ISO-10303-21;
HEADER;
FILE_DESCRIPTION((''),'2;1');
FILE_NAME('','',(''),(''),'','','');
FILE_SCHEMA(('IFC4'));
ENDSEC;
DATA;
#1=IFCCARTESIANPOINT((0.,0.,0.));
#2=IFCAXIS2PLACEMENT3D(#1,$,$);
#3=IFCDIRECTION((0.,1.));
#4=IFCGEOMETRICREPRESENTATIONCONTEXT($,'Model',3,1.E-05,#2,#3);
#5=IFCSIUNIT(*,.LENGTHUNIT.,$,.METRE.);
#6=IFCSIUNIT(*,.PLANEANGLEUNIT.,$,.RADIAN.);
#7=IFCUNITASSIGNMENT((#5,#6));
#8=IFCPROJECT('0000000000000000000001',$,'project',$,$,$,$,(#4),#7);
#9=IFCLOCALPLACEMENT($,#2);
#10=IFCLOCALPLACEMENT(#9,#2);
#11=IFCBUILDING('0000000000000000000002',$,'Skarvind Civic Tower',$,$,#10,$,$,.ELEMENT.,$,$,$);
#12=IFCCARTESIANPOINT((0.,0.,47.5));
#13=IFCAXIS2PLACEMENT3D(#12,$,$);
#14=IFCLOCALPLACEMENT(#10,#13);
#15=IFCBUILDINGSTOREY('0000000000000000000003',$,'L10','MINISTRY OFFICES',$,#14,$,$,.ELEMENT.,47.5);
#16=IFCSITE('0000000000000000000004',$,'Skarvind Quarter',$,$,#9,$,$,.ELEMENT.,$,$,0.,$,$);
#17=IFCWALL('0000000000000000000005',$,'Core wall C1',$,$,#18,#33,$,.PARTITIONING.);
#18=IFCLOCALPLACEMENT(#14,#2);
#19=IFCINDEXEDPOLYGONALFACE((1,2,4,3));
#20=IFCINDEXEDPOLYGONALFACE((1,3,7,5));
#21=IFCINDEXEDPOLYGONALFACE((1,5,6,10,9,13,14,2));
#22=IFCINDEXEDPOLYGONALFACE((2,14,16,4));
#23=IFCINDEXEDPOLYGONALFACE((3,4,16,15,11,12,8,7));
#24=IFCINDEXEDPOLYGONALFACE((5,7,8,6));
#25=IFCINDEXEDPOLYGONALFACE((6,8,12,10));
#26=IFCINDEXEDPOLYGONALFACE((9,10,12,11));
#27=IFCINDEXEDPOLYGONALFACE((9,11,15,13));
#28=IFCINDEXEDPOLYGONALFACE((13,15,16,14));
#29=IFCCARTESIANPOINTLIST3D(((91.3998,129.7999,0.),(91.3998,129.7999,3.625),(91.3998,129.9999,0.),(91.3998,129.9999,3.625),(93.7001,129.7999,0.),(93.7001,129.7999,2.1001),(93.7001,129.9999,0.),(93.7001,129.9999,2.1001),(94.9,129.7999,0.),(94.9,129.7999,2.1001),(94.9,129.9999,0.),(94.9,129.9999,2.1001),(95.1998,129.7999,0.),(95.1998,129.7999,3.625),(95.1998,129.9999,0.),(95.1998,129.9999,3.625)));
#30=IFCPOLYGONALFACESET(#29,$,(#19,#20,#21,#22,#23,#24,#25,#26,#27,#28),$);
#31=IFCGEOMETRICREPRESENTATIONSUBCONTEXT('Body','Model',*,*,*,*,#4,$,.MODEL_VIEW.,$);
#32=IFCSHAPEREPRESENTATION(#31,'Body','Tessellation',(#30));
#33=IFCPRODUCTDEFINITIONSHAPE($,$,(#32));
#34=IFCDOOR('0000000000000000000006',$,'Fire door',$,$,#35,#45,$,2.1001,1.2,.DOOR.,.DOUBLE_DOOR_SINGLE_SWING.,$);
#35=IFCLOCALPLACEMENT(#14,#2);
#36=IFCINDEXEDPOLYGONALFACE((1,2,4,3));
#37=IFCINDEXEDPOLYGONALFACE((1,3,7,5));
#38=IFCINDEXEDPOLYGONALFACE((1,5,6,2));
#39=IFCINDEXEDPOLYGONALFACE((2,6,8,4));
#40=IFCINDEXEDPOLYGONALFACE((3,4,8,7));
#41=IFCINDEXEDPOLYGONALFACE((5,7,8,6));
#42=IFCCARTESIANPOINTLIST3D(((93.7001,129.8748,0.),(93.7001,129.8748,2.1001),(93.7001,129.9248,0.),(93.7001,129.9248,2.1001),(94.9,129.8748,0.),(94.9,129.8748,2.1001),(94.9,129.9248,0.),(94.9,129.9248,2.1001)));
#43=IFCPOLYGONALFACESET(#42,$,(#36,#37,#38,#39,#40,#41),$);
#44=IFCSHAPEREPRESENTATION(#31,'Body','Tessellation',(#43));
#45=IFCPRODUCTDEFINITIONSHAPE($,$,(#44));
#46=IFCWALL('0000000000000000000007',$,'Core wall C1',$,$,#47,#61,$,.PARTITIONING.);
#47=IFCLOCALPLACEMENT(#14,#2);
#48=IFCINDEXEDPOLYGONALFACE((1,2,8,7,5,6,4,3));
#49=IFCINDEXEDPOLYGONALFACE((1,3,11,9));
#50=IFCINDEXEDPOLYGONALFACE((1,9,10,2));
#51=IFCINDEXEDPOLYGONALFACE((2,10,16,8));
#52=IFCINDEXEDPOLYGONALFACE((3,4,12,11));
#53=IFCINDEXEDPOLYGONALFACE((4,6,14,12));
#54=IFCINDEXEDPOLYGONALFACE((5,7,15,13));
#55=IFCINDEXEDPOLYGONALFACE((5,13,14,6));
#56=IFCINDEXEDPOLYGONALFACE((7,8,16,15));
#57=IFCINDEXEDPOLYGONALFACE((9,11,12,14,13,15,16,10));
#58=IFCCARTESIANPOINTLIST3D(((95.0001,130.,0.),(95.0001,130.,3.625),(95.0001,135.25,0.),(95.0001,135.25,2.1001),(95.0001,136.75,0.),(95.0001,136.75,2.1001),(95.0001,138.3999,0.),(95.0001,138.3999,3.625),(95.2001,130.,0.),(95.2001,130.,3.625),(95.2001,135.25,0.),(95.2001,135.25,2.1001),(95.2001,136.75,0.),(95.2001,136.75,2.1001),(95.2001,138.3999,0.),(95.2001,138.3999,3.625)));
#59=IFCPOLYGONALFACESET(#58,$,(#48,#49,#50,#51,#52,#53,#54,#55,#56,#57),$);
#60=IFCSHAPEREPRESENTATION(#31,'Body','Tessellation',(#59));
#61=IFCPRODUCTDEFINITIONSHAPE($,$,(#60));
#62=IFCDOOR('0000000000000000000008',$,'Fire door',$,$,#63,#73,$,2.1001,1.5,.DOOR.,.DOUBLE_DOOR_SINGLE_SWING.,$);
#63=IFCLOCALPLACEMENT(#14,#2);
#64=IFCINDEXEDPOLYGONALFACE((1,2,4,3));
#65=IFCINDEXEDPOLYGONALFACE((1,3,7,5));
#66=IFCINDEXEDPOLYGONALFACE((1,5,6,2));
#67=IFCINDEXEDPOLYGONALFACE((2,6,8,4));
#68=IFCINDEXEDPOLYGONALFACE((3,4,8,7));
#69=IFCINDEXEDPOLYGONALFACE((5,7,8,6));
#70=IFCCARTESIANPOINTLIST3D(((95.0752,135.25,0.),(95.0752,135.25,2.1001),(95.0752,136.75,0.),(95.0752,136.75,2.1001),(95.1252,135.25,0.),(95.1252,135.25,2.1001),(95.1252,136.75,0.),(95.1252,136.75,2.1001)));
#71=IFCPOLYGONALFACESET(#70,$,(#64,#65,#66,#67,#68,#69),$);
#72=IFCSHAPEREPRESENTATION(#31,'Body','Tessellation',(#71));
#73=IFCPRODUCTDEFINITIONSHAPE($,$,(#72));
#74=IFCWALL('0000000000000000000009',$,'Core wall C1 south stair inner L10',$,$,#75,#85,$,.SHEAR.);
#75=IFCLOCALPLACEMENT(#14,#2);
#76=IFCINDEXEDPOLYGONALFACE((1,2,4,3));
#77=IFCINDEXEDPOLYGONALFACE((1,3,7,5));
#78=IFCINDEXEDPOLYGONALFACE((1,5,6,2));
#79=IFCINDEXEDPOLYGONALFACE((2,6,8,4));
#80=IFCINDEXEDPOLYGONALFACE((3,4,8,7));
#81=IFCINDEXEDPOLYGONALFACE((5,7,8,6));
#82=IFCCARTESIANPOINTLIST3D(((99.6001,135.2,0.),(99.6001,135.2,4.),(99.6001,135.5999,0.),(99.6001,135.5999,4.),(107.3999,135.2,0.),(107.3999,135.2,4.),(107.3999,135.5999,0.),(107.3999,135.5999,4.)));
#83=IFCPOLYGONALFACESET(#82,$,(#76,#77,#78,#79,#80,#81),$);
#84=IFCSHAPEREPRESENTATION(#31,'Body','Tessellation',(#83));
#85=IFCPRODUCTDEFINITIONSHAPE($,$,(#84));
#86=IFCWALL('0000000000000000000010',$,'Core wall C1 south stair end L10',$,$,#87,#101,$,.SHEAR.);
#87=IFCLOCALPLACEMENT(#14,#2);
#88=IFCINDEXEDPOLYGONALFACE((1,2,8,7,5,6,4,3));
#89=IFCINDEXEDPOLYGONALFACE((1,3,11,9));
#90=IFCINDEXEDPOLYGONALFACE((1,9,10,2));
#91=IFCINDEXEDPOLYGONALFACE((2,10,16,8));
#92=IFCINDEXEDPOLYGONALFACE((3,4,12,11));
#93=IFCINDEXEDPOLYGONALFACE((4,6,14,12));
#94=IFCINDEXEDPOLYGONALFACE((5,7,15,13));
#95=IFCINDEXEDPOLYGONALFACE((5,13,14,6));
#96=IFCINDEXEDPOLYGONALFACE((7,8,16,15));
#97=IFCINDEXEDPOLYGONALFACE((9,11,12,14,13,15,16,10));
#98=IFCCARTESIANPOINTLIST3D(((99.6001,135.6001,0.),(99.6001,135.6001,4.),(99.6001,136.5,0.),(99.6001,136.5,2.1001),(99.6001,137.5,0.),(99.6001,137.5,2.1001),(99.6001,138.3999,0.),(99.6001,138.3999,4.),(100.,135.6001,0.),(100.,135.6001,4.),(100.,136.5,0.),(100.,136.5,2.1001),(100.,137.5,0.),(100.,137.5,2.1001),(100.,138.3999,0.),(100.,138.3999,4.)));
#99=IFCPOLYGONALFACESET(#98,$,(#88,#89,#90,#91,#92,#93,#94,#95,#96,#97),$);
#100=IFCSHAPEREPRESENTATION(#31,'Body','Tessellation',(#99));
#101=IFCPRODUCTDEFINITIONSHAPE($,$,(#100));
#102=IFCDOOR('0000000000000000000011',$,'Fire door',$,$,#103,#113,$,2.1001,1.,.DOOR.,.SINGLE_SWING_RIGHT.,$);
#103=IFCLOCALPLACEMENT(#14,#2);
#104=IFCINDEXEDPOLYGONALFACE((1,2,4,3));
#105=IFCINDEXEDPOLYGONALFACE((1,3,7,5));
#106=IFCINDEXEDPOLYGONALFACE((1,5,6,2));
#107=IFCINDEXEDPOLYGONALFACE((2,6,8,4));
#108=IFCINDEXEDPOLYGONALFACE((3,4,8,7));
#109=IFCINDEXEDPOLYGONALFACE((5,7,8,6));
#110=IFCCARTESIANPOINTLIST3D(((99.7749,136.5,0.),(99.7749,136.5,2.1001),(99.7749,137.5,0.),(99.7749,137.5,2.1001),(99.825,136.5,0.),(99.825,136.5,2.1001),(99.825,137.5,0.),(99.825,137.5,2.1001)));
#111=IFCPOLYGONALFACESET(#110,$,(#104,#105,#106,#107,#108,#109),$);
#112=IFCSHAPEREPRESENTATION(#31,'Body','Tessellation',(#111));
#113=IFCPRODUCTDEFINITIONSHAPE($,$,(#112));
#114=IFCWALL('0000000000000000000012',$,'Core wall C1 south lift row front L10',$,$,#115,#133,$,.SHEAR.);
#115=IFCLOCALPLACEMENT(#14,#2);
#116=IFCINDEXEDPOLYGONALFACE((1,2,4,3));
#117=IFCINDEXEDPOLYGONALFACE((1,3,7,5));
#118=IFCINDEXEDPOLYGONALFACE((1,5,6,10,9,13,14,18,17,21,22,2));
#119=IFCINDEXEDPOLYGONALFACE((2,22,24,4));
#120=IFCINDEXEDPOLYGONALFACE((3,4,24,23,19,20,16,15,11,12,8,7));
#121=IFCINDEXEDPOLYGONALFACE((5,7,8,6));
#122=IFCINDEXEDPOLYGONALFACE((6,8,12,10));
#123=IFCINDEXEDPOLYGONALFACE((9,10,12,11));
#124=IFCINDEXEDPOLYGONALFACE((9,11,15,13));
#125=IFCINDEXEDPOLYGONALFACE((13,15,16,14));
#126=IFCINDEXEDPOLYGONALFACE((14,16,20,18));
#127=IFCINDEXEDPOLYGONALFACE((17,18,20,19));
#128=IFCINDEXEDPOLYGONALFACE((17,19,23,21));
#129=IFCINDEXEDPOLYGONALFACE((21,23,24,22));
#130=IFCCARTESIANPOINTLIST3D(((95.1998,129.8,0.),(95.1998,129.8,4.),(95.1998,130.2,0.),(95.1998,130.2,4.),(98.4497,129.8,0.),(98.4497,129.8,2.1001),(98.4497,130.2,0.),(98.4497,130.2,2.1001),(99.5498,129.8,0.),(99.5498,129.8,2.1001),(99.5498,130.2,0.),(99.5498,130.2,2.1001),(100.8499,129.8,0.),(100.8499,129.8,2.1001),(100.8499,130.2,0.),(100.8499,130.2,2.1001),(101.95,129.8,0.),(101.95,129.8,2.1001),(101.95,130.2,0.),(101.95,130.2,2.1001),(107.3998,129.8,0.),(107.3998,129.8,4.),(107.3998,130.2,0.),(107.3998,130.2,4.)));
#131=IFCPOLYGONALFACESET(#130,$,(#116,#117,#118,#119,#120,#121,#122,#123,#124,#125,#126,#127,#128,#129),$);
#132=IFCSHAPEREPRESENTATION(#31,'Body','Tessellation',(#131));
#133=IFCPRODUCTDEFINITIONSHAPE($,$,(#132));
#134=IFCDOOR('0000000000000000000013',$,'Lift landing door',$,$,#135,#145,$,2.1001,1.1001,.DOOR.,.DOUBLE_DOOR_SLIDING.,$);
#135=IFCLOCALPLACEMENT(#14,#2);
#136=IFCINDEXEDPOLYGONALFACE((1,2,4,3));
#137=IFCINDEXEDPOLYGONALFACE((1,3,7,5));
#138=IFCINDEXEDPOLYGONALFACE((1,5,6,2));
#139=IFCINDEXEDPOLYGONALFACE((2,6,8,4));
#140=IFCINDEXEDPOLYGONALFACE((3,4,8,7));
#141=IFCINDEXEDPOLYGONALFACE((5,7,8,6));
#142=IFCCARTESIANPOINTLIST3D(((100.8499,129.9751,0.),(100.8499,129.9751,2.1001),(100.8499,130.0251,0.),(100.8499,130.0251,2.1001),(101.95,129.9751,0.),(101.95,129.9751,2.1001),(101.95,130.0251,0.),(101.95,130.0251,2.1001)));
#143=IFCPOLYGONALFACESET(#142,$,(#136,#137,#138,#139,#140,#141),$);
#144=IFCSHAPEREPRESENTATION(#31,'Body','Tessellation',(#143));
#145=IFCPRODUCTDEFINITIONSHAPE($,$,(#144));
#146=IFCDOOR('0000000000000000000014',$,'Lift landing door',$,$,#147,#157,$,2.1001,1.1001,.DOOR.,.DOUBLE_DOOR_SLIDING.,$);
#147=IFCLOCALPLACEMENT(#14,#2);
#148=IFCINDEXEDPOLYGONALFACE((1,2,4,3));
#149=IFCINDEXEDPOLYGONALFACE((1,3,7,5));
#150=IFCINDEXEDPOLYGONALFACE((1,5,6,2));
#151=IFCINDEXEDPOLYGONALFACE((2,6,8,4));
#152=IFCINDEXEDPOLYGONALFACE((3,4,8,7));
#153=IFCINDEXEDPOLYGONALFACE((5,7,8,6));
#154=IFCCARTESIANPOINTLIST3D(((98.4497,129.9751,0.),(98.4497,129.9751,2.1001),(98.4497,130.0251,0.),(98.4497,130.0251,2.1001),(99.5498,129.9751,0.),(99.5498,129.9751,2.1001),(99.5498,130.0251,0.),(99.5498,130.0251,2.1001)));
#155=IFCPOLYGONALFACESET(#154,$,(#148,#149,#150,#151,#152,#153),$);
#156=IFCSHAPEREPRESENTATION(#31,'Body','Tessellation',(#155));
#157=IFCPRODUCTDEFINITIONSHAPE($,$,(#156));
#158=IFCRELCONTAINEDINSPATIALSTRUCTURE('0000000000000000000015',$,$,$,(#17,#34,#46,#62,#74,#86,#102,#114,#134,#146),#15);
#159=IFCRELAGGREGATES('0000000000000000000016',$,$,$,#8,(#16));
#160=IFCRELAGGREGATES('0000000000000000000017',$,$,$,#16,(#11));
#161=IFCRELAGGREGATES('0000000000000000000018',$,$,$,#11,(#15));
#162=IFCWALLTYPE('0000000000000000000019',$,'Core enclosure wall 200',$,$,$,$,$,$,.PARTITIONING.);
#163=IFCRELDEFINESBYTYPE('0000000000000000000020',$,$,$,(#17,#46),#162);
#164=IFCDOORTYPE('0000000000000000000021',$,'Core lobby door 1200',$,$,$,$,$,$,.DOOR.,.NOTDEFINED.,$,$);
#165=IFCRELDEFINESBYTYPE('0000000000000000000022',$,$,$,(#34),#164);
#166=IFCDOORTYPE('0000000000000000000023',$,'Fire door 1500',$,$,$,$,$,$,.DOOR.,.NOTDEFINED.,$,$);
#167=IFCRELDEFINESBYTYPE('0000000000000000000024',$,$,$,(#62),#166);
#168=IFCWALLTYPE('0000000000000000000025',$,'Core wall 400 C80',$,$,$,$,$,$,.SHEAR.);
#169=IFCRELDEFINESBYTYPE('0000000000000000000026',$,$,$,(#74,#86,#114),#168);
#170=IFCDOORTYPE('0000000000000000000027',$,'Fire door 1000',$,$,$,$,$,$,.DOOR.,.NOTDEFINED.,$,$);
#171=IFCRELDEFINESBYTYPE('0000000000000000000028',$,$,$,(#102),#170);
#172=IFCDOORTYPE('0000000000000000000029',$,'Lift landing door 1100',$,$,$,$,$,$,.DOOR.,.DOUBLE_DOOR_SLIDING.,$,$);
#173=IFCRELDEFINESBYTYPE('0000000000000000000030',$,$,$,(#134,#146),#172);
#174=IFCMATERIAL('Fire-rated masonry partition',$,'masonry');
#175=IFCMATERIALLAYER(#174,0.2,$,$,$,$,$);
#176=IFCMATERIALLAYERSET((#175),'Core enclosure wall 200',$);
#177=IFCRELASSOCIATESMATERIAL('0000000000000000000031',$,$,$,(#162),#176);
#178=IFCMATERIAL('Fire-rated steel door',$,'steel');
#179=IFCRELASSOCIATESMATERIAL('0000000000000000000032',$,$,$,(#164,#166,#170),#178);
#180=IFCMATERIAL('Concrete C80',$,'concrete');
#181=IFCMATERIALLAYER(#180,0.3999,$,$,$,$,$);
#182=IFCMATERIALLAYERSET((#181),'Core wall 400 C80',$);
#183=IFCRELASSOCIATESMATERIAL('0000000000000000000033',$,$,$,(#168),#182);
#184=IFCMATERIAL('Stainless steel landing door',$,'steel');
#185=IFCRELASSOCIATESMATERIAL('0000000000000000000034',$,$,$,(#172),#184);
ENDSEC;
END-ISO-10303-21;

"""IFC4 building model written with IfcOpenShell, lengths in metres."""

from ifc_helpers import new_model, si_unit, direction, frame, frame_2d, origin, place, context, subcontext, project, spatial, rectangle, extrude, material, layer, layer_set, type_object, element, fill, save


model = new_model("IFC4")

# Units and contexts
model_context = context("Model", 3, precision=1e-05, world=origin(), true_north=direction((0.0, 1.0)))
body_context = subcontext(model_context, "Body", "Model", "MODEL_VIEW")
ifc_project = project(units=[si_unit("LENGTHUNIT", "METRE"), si_unit("PLANEANGLEUNIT", "RADIAN")], contexts=[model_context])

# Site, building, storey
site_placement = place(None, origin())
site = spatial("IfcSite", under=ifc_project, at=site_placement, Name="Skarvind Quarter", CompositionType="ELEMENT", RefElevation=0.0)
building_placement = place(site_placement, origin())
building = spatial("IfcBuilding", under=site, at=building_placement, Name="Skarvind Civic Tower", CompositionType="ELEMENT")
storey_placement = place(building_placement, frame((0.0, 0.0, 47.5)))
storey = spatial("IfcBuildingStorey", under=building, at=storey_placement, Name="L10", Description="MINISTRY OFFICES", CompositionType="ELEMENT", Elevation=47.5)

# Walls, openings, doors
ifc_material_1 = material(Name="Fire-rated masonry partition", Category="masonry")
ifc_layer_1 = layer(ifc_material_1, 0.2)
ifc_layer_set_1 = layer_set([ifc_layer_1], Name="Core enclosure wall 200")
wall_type_1 = type_object("IfcWallType", Name="Core enclosure wall 200", PredefinedType="PARTITIONING", material=ifc_layer_set_1)
wall_1_placement = place(storey_placement, frame((91.3999, 129.8999, 0.0), z_axis=(0.0, 0.0, 1.0), x_axis=(1.0, 0.0, 0.0)))
wall_1 = element("IfcWall", 1, at=wall_1_placement, inside=storey, type_object=wall_type_1, Name="Core wall C1", PredefinedType="PARTITIONING", context=body_context, shape_type="SweptSolid", body=[
    extrude(rectangle(XDim=3.8, YDim=0.2, at=frame_2d((1.8999, 0.0))), origin(), (0.0, 0.0, 1.0), 3.625),
])
opening_1_placement = place(wall_1_placement, frame((2.3, 0.0, 0.0)))
opening_1 = element("IfcOpeningElement", 2, at=opening_1_placement, cuts=wall_1, PredefinedType="OPENING", context=body_context, shape_type="SweptSolid", body=[
    extrude(rectangle(XDim=1.2, YDim=2.1001, at=frame_2d((0.6001, 1.05))), frame((0.0, 0.1099, 0.0), z_axis=(0.0, -1.0, 0.0), x_axis=(1.0, 0.0, 0.0)), (0.0, 0.0, 1.0), 0.22),
])
ifc_material_2 = material(Name="Fire-rated steel door", Category="steel")
door_type_1 = type_object("IfcDoorType", Name="Core lobby door 1200", OperationType="NOTDEFINED", PredefinedType="DOOR", material=ifc_material_2)
door_1_placement = place(opening_1_placement, origin())
door_1 = element("IfcDoor", 3, at=door_1_placement, inside=storey, type_object=door_type_1, Name="Fire door", OperationType="DOUBLE_DOOR_SINGLE_SWING", OverallHeight=2.1001, OverallWidth=1.2, PredefinedType="DOOR", context=body_context, shape_type="SweptSolid", body=[
    extrude(rectangle(XDim=1.2, YDim=2.1001, at=frame_2d((0.6001, 1.05))), frame((0.0, 0.0249, 0.0), z_axis=(0.0, -1.0, 0.0), x_axis=(1.0, 0.0, 0.0)), (0.0, 0.0, 1.0), 0.05),
])
fill(opening_1, door_1)
wall_2_placement = place(storey_placement, frame((95.1001, 130.0, 0.0), z_axis=(0.0, 0.0, 1.0), x_axis=(0.0, 1.0, 0.0)))
wall_2 = element("IfcWall", 4, at=wall_2_placement, inside=storey, type_object=wall_type_1, Name="Core wall C1", PredefinedType="PARTITIONING", context=body_context, shape_type="SweptSolid", body=[
    extrude(rectangle(XDim=8.3999, YDim=0.2, at=frame_2d((4.2, 0.0))), origin(), (0.0, 0.0, 1.0), 3.625),
])
opening_2_placement = place(wall_2_placement, frame((5.25, 0.0, 0.0)))
opening_2 = element("IfcOpeningElement", 5, at=opening_2_placement, cuts=wall_2, PredefinedType="OPENING", context=body_context, shape_type="SweptSolid", body=[
    extrude(rectangle(XDim=1.5, YDim=2.1001, at=frame_2d((0.75, 1.05))), frame((0.0, 0.1099, 0.0), z_axis=(0.0, -1.0, 0.0), x_axis=(1.0, 0.0, 0.0)), (0.0, 0.0, 1.0), 0.22),
])
door_type_2 = type_object("IfcDoorType", Name="Fire door 1500", OperationType="NOTDEFINED", PredefinedType="DOOR", material=ifc_material_2)
door_2_placement = place(opening_2_placement, origin())
door_2 = element("IfcDoor", 6, at=door_2_placement, inside=storey, type_object=door_type_2, Name="Fire door", OperationType="DOUBLE_DOOR_SINGLE_SWING", OverallHeight=2.1001, OverallWidth=1.5, PredefinedType="DOOR", context=body_context, shape_type="SweptSolid", body=[
    extrude(rectangle(XDim=1.5, YDim=2.1001, at=frame_2d((0.75, 1.05))), frame((0.0, 0.0249, 0.0), z_axis=(0.0, -1.0, 0.0), x_axis=(1.0, 0.0, 0.0)), (0.0, 0.0, 1.0), 0.05),
])
fill(opening_2, door_2)

# Wall
ifc_material_3 = material(Name="Concrete C80", Category="concrete")
ifc_layer_2 = layer(ifc_material_3, 0.3999)
ifc_layer_set_2 = layer_set([ifc_layer_2], Name="Core wall 400 C80")
wall_type_2 = type_object("IfcWallType", Name="Core wall 400 C80", PredefinedType="SHEAR", material=ifc_layer_set_2)
wall_3_placement = place(storey_placement, frame((107.3999, 135.3999, 0.0), z_axis=(0.0, 0.0, 1.0), x_axis=(-1.0, 0.0, 0.0)))
element("IfcWall", 7, at=wall_3_placement, inside=storey, type_object=wall_type_2, Name="Core wall C1 south stair inner L10", PredefinedType="SHEAR", context=body_context, shape_type="SweptSolid", body=[
    extrude(rectangle(XDim=7.7998, YDim=0.3999, at=frame_2d((3.8999, 0.0))), origin(), (0.0, 0.0, 1.0), 4.0),
])

# Wall, opening, door
wall_4_placement = place(storey_placement, frame((99.8, 138.3999, 0.0), z_axis=(0.0, 0.0, 1.0), x_axis=(0.0, -1.0, 0.0)))
wall_4 = element("IfcWall", 8, at=wall_4_placement, inside=storey, type_object=wall_type_2, Name="Core wall C1 south stair end L10", PredefinedType="SHEAR", context=body_context, shape_type="SweptSolid", body=[
    extrude(rectangle(XDim=2.7998, YDim=0.3999, at=frame_2d((1.3999, 0.0))), origin(), (0.0, 0.0, 1.0), 4.0),
])
opening_3_placement = place(wall_4_placement, frame((0.8999, 0.0, 0.0)))
opening_3 = element("IfcOpeningElement", 9, at=opening_3_placement, cuts=wall_4, PredefinedType="OPENING", context=body_context, shape_type="SweptSolid", body=[
    extrude(rectangle(XDim=1.0, YDim=2.1001, at=frame_2d((0.5, 1.05))), frame((0.0, 0.21, 0.0), z_axis=(0.0, -1.0, 0.0), x_axis=(1.0, 0.0, 0.0)), (0.0, 0.0, 1.0), 0.4199),
])
door_type_3 = type_object("IfcDoorType", Name="Fire door 1000", OperationType="NOTDEFINED", PredefinedType="DOOR", material=ifc_material_2)
door_3_placement = place(opening_3_placement, origin())
door_3 = element("IfcDoor", 10, at=door_3_placement, inside=storey, type_object=door_type_3, Name="Fire door", OperationType="SINGLE_SWING_RIGHT", OverallHeight=2.1001, OverallWidth=1.0, PredefinedType="DOOR", context=body_context, shape_type="SweptSolid", body=[
    extrude(rectangle(XDim=1.0, YDim=2.1001, at=frame_2d((0.5, 1.05))), frame((0.0, 0.0249, 0.0), z_axis=(0.0, -1.0, 0.0), x_axis=(1.0, 0.0, 0.0)), (0.0, 0.0, 1.0), 0.05),
])
fill(opening_3, door_3)

# Wall, openings, doors
wall_5_placement = place(storey_placement, frame((107.3999, 130.0, 0.0), z_axis=(0.0, 0.0, 1.0), x_axis=(-1.0, 0.0, 0.0)))
wall_5 = element("IfcWall", 11, at=wall_5_placement, inside=storey, type_object=wall_type_2, Name="Core wall C1 south lift row front L10", PredefinedType="SHEAR", context=body_context, shape_type="SweptSolid", body=[
    extrude(rectangle(XDim=12.2, YDim=0.3999, at=frame_2d((6.1001, 0.0))), origin(), (0.0, 0.0, 1.0), 4.0),
])
opening_4_placement = place(wall_5_placement, frame((5.45, 0.0, 0.0)))
opening_4 = element("IfcOpeningElement", 12, at=opening_4_placement, cuts=wall_5, PredefinedType="OPENING", context=body_context, shape_type="SweptSolid", body=[
    extrude(rectangle(XDim=1.1001, YDim=2.1001, at=frame_2d((0.55, 1.05))), frame((0.0, 0.21, 0.0), z_axis=(0.0, -1.0, 0.0), x_axis=(1.0, 0.0, 0.0)), (0.0, 0.0, 1.0), 0.4199),
])
opening_5_placement = place(wall_5_placement, frame((7.8501, 0.0, 0.0)))
opening_5 = element("IfcOpeningElement", 13, at=opening_5_placement, cuts=wall_5, PredefinedType="OPENING", context=body_context, shape_type="SweptSolid", body=[
    extrude(rectangle(XDim=1.1001, YDim=2.1001, at=frame_2d((0.55, 1.05))), frame((0.0, 0.21, 0.0), z_axis=(0.0, -1.0, 0.0), x_axis=(1.0, 0.0, 0.0)), (0.0, 0.0, 1.0), 0.4199),
])
ifc_material_4 = material(Name="Stainless steel landing door", Category="steel")
door_type_4 = type_object("IfcDoorType", Name="Lift landing door 1100", OperationType="DOUBLE_DOOR_SLIDING", PredefinedType="DOOR", material=ifc_material_4)
door_4_placement = place(opening_4_placement, origin())
door_4 = element("IfcDoor", 14, at=door_4_placement, inside=storey, type_object=door_type_4, Name="Lift landing door", OperationType="DOUBLE_DOOR_SLIDING", OverallHeight=2.1001, OverallWidth=1.1001, PredefinedType="DOOR", context=body_context, shape_type="SweptSolid", body=[
    extrude(rectangle(XDim=1.1001, YDim=2.1001, at=frame_2d((0.55, 1.05))), frame((0.0, 0.0249, 0.0), z_axis=(0.0, -1.0, 0.0), x_axis=(1.0, 0.0, 0.0)), (0.0, 0.0, 1.0), 0.05),
])
fill(opening_4, door_4)
door_5_placement = place(opening_5_placement, origin())
door_5 = element("IfcDoor", 15, at=door_5_placement, inside=storey, type_object=door_type_4, Name="Lift landing door", OperationType="DOUBLE_DOOR_SLIDING", OverallHeight=2.1001, OverallWidth=1.1001, PredefinedType="DOOR", context=body_context, shape_type="SweptSolid", body=[
    extrude(rectangle(XDim=1.1001, YDim=2.1001, at=frame_2d((0.55, 1.05))), frame((0.0, 0.0249, 0.0), z_axis=(0.0, -1.0, 0.0), x_axis=(1.0, 0.0, 0.0)), (0.0, 0.0, 1.0), 0.05),
])
fill(opening_5, door_5)

save(model, "model.ifc")
